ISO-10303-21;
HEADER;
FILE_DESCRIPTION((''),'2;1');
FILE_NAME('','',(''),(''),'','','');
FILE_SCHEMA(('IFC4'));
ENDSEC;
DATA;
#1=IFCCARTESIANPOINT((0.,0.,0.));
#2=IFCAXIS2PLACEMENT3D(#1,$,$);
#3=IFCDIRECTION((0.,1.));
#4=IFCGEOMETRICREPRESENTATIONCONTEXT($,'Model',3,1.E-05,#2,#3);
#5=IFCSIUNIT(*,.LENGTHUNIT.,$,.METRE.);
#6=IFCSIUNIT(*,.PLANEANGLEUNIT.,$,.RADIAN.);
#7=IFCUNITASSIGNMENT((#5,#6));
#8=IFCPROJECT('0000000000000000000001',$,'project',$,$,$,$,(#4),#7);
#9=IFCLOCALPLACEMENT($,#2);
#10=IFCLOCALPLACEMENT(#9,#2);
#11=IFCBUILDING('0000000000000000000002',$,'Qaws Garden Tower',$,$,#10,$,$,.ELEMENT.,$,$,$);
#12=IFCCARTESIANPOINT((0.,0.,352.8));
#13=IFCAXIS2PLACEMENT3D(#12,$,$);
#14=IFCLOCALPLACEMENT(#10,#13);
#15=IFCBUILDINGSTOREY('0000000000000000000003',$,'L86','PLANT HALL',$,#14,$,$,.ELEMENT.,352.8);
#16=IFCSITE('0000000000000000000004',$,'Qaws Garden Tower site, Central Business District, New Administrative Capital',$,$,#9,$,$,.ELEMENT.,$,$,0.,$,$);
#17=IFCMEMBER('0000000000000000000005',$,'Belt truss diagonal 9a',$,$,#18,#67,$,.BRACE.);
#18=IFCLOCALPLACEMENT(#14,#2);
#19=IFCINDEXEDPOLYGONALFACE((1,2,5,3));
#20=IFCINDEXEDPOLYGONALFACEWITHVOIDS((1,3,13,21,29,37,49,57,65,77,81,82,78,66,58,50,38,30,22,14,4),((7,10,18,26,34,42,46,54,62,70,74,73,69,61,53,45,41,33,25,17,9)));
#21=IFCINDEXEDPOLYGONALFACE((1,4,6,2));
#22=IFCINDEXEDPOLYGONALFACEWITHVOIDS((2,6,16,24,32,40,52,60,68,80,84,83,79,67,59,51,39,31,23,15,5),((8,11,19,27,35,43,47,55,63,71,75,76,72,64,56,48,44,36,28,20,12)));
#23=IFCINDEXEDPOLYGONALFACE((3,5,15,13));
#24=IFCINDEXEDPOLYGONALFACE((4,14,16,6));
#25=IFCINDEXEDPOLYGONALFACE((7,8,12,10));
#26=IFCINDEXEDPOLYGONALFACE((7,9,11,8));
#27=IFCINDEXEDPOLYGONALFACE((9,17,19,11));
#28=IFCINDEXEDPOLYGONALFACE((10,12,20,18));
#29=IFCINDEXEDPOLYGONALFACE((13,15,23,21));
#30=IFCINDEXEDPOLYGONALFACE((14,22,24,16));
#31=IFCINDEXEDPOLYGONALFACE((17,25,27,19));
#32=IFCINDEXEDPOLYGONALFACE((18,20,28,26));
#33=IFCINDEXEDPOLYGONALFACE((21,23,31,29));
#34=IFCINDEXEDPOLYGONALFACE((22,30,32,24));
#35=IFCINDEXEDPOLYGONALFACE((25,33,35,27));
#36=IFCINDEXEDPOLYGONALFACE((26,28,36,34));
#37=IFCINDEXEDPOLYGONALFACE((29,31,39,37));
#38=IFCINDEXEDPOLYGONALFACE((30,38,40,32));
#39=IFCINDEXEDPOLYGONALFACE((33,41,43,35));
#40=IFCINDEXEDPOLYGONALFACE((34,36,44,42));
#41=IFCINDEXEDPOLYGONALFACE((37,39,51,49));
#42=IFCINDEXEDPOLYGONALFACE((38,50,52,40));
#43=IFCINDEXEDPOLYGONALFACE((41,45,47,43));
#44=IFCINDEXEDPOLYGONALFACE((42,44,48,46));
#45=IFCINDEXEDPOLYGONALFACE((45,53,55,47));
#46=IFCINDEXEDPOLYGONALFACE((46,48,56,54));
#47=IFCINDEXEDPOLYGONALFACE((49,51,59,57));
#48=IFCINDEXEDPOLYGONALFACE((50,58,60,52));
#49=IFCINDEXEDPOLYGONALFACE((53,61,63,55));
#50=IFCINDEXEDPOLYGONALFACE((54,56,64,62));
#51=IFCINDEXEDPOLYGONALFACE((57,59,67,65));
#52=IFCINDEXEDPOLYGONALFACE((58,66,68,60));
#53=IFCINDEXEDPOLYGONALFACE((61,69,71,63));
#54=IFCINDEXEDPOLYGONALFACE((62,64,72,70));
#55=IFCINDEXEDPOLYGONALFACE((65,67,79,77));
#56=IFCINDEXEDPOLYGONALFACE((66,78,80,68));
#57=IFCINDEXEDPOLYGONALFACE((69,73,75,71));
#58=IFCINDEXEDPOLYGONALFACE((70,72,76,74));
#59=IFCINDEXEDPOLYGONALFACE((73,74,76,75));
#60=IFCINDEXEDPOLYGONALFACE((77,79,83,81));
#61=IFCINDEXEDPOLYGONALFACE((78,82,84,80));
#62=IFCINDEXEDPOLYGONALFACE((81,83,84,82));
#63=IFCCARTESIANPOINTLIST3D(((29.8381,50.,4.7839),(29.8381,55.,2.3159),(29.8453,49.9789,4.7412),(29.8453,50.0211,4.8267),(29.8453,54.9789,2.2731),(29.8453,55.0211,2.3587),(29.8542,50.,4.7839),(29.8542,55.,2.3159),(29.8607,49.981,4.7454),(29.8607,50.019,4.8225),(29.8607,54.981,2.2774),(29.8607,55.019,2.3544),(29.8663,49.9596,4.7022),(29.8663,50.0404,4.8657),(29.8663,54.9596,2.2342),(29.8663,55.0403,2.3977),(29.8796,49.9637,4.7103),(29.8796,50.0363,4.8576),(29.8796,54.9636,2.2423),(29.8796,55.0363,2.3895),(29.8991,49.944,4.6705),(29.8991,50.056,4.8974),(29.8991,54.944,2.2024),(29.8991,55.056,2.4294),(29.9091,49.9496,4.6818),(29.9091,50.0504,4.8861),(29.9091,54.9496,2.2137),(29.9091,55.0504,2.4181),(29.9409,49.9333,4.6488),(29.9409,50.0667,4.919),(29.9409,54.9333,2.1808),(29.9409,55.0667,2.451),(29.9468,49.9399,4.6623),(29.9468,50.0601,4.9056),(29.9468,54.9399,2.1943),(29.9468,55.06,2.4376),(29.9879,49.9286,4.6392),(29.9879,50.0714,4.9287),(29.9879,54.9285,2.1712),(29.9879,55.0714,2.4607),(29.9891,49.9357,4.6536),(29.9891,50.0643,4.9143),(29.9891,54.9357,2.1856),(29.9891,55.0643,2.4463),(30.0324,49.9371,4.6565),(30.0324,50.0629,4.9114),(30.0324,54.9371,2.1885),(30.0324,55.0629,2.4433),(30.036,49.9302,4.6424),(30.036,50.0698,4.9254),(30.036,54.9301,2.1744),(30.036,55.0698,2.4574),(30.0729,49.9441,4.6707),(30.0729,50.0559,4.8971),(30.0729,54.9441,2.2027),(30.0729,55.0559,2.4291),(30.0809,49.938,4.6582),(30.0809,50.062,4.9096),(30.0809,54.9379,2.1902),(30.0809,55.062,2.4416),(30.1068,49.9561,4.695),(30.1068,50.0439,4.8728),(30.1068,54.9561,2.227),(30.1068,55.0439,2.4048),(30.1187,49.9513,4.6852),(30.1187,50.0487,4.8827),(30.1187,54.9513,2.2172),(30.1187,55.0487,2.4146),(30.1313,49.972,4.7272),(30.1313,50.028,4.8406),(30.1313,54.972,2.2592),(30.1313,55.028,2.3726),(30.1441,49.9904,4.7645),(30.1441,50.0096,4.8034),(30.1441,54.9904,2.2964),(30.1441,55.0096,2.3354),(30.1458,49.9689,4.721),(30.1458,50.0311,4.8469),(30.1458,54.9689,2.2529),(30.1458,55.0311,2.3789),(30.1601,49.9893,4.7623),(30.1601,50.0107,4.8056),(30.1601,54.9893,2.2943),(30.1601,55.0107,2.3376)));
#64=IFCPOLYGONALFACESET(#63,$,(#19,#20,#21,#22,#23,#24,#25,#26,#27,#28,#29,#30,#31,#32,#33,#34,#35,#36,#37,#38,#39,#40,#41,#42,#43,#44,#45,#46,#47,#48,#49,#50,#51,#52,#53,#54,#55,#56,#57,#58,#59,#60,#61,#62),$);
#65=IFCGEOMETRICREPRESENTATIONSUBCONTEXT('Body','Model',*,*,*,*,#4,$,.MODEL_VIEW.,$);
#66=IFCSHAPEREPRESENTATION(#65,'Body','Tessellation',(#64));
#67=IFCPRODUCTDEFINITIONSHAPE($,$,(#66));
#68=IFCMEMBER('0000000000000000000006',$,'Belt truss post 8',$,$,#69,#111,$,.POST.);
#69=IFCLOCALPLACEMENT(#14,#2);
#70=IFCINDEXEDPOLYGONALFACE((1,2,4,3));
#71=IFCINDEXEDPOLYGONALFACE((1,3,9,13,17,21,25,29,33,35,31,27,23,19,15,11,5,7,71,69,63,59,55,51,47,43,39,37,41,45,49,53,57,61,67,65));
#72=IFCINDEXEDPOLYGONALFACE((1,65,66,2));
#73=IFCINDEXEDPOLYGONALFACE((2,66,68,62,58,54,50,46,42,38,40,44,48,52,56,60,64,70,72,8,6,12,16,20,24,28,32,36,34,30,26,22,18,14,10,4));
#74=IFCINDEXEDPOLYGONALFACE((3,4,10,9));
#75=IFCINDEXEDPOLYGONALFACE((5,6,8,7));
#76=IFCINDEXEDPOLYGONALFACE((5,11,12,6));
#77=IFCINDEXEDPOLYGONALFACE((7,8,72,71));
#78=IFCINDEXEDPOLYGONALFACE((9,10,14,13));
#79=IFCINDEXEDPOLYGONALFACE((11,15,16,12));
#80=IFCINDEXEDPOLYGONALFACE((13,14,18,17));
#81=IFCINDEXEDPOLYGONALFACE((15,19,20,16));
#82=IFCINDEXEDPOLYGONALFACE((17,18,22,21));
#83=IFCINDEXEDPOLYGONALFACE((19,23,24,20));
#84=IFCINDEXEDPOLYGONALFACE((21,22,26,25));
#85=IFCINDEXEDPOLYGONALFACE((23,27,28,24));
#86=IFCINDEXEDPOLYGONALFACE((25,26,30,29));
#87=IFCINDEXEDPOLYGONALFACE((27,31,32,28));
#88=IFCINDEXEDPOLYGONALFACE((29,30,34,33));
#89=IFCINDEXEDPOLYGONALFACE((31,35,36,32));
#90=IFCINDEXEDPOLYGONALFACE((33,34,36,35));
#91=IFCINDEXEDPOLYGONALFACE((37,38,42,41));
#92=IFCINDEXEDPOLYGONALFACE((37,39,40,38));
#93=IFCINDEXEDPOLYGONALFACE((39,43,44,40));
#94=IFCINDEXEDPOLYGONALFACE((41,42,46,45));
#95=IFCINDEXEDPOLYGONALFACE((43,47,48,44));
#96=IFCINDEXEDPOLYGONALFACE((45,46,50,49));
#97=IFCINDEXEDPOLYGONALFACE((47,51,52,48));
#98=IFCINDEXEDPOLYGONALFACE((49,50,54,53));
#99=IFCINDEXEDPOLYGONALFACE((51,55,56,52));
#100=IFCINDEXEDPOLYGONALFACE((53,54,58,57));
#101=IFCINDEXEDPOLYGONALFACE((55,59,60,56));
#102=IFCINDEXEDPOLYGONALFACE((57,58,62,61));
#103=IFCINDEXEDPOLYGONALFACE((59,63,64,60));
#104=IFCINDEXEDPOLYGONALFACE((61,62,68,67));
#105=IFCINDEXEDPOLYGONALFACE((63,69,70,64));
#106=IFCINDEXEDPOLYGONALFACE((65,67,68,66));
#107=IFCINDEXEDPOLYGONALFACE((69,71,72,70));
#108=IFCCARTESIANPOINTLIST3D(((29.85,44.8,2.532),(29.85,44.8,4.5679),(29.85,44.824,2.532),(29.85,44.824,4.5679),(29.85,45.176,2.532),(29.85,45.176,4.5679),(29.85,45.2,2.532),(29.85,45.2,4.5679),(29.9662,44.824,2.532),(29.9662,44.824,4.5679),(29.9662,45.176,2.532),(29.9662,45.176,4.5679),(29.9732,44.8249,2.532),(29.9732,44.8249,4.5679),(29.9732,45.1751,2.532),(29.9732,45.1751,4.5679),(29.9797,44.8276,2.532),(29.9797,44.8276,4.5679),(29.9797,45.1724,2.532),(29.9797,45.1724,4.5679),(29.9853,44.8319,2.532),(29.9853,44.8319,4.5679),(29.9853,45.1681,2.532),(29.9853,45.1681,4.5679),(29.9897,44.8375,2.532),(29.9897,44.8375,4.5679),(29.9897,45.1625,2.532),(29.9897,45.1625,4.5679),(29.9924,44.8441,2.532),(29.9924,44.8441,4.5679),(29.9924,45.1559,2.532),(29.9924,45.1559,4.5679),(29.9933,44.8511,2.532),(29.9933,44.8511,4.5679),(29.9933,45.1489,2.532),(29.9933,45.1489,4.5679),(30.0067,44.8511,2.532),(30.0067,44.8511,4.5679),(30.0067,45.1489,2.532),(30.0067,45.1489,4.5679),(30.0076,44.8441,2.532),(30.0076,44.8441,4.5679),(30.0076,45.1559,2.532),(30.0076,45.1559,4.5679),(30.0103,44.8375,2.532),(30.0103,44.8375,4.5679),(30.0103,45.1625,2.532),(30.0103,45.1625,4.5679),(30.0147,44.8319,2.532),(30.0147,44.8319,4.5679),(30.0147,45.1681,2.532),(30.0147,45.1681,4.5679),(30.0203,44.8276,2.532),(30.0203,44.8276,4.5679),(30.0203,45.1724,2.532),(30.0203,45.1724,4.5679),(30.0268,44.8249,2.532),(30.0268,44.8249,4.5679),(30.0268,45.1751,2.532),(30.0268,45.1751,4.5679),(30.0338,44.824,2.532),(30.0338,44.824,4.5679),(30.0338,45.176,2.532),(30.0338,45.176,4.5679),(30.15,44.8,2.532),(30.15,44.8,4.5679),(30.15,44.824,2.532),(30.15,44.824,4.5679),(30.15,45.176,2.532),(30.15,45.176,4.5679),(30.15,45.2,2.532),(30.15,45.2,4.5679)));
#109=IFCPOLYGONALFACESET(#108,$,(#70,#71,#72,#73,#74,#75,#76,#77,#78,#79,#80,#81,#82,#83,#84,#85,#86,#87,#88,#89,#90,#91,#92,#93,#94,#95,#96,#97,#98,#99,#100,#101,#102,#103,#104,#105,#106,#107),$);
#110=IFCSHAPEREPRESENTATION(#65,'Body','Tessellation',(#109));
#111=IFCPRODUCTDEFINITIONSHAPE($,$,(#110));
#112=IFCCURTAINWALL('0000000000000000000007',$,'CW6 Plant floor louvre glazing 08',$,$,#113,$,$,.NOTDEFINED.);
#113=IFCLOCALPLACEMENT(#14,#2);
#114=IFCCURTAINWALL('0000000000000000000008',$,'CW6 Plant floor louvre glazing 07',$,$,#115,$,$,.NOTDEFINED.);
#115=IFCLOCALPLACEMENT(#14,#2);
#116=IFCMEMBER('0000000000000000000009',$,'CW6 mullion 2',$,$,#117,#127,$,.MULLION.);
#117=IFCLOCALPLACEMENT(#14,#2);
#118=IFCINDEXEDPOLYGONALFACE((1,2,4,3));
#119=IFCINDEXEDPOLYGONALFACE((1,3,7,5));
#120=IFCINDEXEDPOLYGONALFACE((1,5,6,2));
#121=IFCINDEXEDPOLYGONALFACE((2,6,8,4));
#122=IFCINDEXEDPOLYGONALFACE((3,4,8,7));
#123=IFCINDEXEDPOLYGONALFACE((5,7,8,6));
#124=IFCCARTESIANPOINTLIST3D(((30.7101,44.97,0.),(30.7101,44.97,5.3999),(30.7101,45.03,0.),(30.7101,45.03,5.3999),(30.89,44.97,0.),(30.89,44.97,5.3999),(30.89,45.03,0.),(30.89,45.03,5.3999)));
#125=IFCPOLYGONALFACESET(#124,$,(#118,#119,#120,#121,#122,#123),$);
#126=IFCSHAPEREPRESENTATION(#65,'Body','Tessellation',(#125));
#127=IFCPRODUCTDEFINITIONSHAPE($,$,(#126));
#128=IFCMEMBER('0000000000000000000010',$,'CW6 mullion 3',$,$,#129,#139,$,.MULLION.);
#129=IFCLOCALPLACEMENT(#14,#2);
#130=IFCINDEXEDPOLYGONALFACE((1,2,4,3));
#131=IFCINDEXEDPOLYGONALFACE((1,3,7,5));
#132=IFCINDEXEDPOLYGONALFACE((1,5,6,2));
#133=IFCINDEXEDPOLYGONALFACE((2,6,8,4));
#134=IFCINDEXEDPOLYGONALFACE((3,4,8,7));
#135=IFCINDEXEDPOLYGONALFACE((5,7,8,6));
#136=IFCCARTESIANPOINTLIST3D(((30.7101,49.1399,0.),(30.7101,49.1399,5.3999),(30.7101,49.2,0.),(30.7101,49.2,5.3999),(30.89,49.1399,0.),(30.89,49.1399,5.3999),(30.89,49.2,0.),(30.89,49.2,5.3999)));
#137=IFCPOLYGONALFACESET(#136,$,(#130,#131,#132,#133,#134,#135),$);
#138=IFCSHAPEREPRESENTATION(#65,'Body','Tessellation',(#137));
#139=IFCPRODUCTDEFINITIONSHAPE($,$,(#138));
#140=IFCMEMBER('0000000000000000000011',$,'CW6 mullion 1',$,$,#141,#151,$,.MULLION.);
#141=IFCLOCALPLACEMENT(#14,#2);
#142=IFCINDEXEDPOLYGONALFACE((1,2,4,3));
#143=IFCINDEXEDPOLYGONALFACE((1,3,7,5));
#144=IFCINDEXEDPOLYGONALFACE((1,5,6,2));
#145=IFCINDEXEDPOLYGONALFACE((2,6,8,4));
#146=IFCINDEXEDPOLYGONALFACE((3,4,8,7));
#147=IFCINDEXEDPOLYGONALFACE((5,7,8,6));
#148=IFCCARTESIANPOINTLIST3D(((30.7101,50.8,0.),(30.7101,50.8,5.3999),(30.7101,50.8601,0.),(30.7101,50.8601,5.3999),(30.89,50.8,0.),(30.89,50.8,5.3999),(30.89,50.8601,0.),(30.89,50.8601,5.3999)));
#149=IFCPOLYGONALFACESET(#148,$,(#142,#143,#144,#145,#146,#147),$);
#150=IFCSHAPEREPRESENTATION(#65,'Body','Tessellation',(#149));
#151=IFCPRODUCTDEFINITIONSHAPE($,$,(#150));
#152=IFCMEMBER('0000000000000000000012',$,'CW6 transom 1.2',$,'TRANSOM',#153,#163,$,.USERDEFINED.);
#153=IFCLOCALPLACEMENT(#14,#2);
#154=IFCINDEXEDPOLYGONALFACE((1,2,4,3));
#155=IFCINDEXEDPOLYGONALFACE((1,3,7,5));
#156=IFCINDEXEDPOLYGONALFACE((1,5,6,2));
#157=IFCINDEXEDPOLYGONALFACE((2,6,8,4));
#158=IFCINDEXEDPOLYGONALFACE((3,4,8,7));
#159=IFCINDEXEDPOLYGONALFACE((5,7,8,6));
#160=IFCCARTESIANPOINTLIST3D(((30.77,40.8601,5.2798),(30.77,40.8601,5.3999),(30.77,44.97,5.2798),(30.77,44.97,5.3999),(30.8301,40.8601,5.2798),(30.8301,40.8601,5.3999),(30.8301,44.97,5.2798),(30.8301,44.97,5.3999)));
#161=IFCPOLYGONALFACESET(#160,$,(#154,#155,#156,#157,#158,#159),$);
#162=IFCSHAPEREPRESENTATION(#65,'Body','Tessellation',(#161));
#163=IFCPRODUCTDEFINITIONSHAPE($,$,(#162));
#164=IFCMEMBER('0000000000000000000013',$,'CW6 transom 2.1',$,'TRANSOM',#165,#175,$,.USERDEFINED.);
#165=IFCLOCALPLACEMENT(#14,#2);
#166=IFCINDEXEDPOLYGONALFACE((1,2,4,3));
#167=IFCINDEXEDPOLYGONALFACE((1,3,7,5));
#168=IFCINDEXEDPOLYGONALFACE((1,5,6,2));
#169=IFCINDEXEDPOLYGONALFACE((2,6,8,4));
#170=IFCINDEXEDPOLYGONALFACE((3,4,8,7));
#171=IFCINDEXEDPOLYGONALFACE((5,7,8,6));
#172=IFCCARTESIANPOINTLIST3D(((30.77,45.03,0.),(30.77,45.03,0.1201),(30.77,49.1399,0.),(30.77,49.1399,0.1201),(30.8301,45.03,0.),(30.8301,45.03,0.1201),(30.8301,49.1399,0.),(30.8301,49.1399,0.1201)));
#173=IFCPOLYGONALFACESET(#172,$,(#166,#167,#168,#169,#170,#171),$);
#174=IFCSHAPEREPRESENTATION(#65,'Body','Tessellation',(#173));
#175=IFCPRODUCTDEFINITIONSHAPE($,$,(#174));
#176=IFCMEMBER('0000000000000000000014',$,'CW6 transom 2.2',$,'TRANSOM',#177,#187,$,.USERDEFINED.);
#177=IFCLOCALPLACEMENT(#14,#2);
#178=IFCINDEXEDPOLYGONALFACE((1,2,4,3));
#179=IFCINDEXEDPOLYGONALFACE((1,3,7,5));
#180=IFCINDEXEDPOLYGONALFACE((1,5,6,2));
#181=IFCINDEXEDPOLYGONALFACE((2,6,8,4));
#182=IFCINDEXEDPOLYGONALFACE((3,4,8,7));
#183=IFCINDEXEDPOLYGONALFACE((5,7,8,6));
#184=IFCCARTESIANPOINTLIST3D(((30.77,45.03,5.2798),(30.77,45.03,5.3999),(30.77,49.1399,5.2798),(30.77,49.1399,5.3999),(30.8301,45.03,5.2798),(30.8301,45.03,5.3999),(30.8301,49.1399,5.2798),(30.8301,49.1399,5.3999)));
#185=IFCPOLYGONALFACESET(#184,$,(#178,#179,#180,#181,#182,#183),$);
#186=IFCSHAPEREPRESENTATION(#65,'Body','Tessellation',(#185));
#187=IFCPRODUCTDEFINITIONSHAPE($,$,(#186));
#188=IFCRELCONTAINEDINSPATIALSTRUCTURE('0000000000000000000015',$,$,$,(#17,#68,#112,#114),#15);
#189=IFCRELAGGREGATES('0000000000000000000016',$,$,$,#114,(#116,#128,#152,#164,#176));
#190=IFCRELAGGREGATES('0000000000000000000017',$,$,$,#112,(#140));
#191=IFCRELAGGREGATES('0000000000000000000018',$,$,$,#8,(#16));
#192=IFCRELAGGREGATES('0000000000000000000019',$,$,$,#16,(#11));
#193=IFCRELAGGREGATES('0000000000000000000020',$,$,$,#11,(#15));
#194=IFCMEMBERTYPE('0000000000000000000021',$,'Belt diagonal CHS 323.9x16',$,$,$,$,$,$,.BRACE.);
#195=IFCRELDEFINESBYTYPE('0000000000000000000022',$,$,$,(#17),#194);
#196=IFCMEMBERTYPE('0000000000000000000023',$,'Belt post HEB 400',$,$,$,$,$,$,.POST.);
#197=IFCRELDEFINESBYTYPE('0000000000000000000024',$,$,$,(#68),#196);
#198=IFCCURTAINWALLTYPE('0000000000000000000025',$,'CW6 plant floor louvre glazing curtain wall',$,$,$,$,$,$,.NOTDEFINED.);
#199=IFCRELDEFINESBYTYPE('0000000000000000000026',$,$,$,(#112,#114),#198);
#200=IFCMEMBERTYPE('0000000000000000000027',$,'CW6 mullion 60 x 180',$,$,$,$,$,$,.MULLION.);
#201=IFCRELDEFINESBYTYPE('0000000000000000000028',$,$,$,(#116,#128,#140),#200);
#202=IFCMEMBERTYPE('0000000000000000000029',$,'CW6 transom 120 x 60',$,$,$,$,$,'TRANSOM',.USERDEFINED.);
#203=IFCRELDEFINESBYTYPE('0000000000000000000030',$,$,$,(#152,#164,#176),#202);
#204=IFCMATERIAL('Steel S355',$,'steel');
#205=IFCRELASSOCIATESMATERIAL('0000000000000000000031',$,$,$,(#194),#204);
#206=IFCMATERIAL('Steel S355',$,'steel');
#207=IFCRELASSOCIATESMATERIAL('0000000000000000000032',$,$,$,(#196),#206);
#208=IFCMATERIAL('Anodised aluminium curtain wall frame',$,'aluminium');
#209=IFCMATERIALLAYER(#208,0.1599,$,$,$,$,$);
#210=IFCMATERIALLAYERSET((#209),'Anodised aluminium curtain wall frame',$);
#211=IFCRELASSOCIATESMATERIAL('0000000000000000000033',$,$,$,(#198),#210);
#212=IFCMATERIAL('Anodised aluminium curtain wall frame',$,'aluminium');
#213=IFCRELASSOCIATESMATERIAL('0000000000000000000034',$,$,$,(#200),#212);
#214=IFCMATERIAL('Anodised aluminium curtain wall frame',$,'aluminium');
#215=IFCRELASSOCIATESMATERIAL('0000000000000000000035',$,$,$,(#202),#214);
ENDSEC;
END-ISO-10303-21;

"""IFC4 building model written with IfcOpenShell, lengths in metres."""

from ifc_helpers import new_model, si_unit, direction, frame, origin, origin_2d, place, context, subcontext, project, spatial, rectangle, hollow_circle, i_section, extrude, material, layer, layer_set, material_profile, profile_set, type_object, element, aggregate, save


model = new_model("IFC4")

# Units and contexts
model_context = context("Model", 3, precision=1e-05, world=origin(), true_north=direction((0.0, 1.0)))
body_context = subcontext(model_context, "Body", "Model", "MODEL_VIEW")
ifc_project = project(units=[si_unit("LENGTHUNIT", "METRE"), si_unit("PLANEANGLEUNIT", "RADIAN")], contexts=[model_context])

# Site, building, storey
site_placement = place(None, origin())
site = spatial("IfcSite", under=ifc_project, at=site_placement, Name="Qaws Garden Tower site, Central Business District, New Administrative Capital", CompositionType="ELEMENT", RefElevation=0.0)
building_placement = place(site_placement, origin())
building = spatial("IfcBuilding", under=site, at=building_placement, Name="Qaws Garden Tower", CompositionType="ELEMENT")
storey_placement = place(building_placement, frame((0.0, 0.0, 352.8)))
storey = spatial("IfcBuildingStorey", under=building, at=storey_placement, Name="L86", Description="PLANT HALL", CompositionType="ELEMENT", Elevation=352.8)

# Members
ifc_material_1 = material(Name="Steel S355", Category="steel")
ifc_material_profile_1 = material_profile(ifc_material_1, hollow_circle(Radius=0.1619, WallThickness=0.0161, at=origin_2d()), Name="CHS 323.9x16")
ifc_profile_set_1 = profile_set([ifc_material_profile_1], Name="Steel S355")
member_type_1 = type_object("IfcMemberType", Name="Belt diagonal CHS 323.9x16", PredefinedType="BRACE", material=ifc_profile_set_1)
for number, where, z_axis, x_axis, name in (
    (1, (30.0, 50.0, 4.7839), (0.0, 0.89671, -0.442619), (-1.0, 0.0, 0.0), "Belt truss diagonal 9a"),
):
    element("IfcMember", number, at=place(storey_placement, frame(where, z_axis=z_axis, x_axis=x_axis)), inside=storey, type_object=member_type_1, Name=name, PredefinedType="BRACE", context=body_context, shape_type="SweptSolid", body=[
        extrude(hollow_circle(Radius=0.1619, WallThickness=0.0161, at=origin_2d()), origin(), (0.0, 0.0, 1.0), 5.5759),
    ])
ifc_material_2 = material(Name="Steel S355", Category="steel")
ifc_material_profile_2 = material_profile(ifc_material_2, i_section(OverallWidth=0.3, OverallDepth=0.3999, WebThickness=0.0134, FlangeThickness=0.0239, FilletRadius=0.0271, at=origin_2d()), Name="HEB 400")
ifc_profile_set_2 = profile_set([ifc_material_profile_2], Name="Steel S355")
member_type_2 = type_object("IfcMemberType", Name="Belt post HEB 400", PredefinedType="POST", material=ifc_profile_set_2)
member_1_placement = place(storey_placement, frame((30.0, 45.0, 2.532), z_axis=(0.0, 0.0, 1.0), x_axis=(1.0, 0.0, 0.0)))
element("IfcMember", 2, at=member_1_placement, inside=storey, type_object=member_type_2, Name="Belt truss post 8", PredefinedType="POST", context=body_context, shape_type="SweptSolid", body=[
    extrude(i_section(OverallWidth=0.3, OverallDepth=0.3999, WebThickness=0.0134, FlangeThickness=0.0239, FilletRadius=0.0271, at=origin_2d()), origin(), (0.0, 0.0, 1.0), 2.0359),
])

# Curtain walls, members
ifc_material_3 = material(Name="Anodised aluminium curtain wall frame", Category="aluminium")
ifc_layer_1 = layer(ifc_material_3, 0.1599)
ifc_layer_set_1 = layer_set([ifc_layer_1], Name="Anodised aluminium curtain wall frame")
curtain_wall_type = type_object("IfcCurtainWallType", Name="CW6 plant floor louvre glazing curtain wall", PredefinedType="NOTDEFINED", material=ifc_layer_set_1)
placement_1 = place(storey_placement, origin())
curtain_wall_1 = element("IfcCurtainWall", 3, at=placement_1, inside=storey, type_object=curtain_wall_type, Name="CW6 Plant floor louvre glazing 08", PredefinedType="NOTDEFINED")
curtain_wall_2 = element("IfcCurtainWall", 4, at=placement_1, inside=storey, type_object=curtain_wall_type, Name="CW6 Plant floor louvre glazing 07", PredefinedType="NOTDEFINED")
ifc_material_4 = material(Name="Anodised aluminium curtain wall frame", Category="aluminium")
ifc_material_profile_3 = material_profile(ifc_material_4, rectangle(XDim=0.1799, YDim=0.0601, at=origin_2d()), Name="AL 60x180")
ifc_profile_set_3 = profile_set([ifc_material_profile_3], Name="Anodised aluminium curtain wall frame")
member_type_3 = type_object("IfcMemberType", Name="CW6 mullion 60 x 180", PredefinedType="MULLION", material=ifc_profile_set_3)
member_2_placement = place(storey_placement, frame((30.8, 45.0, 0.0), z_axis=(0.0, 0.0, 1.0), x_axis=(-1.0, 0.0, 0.0)))
member_2 = element("IfcMember", 5, at=member_2_placement, type_object=member_type_3, Name="CW6 mullion 2", PredefinedType="MULLION", context=body_context, shape_type="SweptSolid", body=[
    extrude(rectangle(XDim=0.1799, YDim=0.0601, at=origin_2d()), origin(), (0.0, 0.0, 1.0), 5.3999),
])
member_3_placement = place(storey_placement, frame((30.8, 49.1699, 0.0), z_axis=(0.0, 0.0, 1.0), x_axis=(-1.0, 0.0, 0.0)))
member_3 = element("IfcMember", 6, at=member_3_placement, type_object=member_type_3, Name="CW6 mullion 3", PredefinedType="MULLION", context=body_context, shape_type="SweptSolid", body=[
    extrude(rectangle(XDim=0.1799, YDim=0.0601, at=origin_2d()), origin(), (0.0, 0.0, 1.0), 5.3999),
])

# Members
member_4_placement = place(storey_placement, frame((30.8, 50.8301, 0.0), z_axis=(0.0, 0.0, 1.0), x_axis=(-1.0, 0.0, 0.0)))
member_4 = element("IfcMember", 7, at=member_4_placement, type_object=member_type_3, Name="CW6 mullion 1", PredefinedType="MULLION", context=body_context, shape_type="SweptSolid", body=[
    extrude(rectangle(XDim=0.1799, YDim=0.0601, at=origin_2d()), origin(), (0.0, 0.0, 1.0), 5.3999),
])
ifc_material_5 = material(Name="Anodised aluminium curtain wall frame", Category="aluminium")
ifc_material_profile_4 = material_profile(ifc_material_5, rectangle(XDim=0.0601, YDim=0.1201, at=origin_2d()), Name="AL 60x120")
ifc_profile_set_4 = profile_set([ifc_material_profile_4], Name="Anodised aluminium curtain wall frame")
member_type_4 = type_object("IfcMemberType", Name="CW6 transom 120 x 60", ElementType="TRANSOM", PredefinedType="USERDEFINED", material=ifc_profile_set_4)
member_5_placement = place(storey_placement, frame((30.8, 40.8601, 5.3398), z_axis=(0.0, 1.0, 0.0), x_axis=(-1.0, 0.0, 0.0)))
member_5 = element("IfcMember", 8, at=member_5_placement, type_object=member_type_4, Name="CW6 transom 1.2", ObjectType="TRANSOM", PredefinedType="USERDEFINED", context=body_context, shape_type="SweptSolid", body=[
    extrude(rectangle(XDim=0.0601, YDim=0.1201, at=origin_2d()), origin(), (0.0, 0.0, 1.0), 4.1099),
])
member_6_placement = place(storey_placement, frame((30.8, 45.03, 0.0601), z_axis=(0.0, 1.0, 0.0), x_axis=(-1.0, 0.0, 0.0)))
member_6 = element("IfcMember", 9, at=member_6_placement, type_object=member_type_4, Name="CW6 transom 2.1", ObjectType="TRANSOM", PredefinedType="USERDEFINED", context=body_context, shape_type="SweptSolid", body=[
    extrude(rectangle(XDim=0.0601, YDim=0.1201, at=origin_2d()), origin(), (0.0, 0.0, 1.0), 4.1099),
])
member_7_placement = place(storey_placement, frame((30.8, 45.03, 5.3398), z_axis=(0.0, 1.0, 0.0), x_axis=(-1.0, 0.0, 0.0)))
member_7 = element("IfcMember", 10, at=member_7_placement, type_object=member_type_4, Name="CW6 transom 2.2", ObjectType="TRANSOM", PredefinedType="USERDEFINED", context=body_context, shape_type="SweptSolid", body=[
    extrude(rectangle(XDim=0.0601, YDim=0.1201, at=origin_2d()), origin(), (0.0, 0.0, 1.0), 4.1099),
])
aggregate(curtain_wall_2, [member_2, member_3, member_5, member_6, member_7])

aggregate(curtain_wall_1, [member_4])

save(model, "model.ifc")
